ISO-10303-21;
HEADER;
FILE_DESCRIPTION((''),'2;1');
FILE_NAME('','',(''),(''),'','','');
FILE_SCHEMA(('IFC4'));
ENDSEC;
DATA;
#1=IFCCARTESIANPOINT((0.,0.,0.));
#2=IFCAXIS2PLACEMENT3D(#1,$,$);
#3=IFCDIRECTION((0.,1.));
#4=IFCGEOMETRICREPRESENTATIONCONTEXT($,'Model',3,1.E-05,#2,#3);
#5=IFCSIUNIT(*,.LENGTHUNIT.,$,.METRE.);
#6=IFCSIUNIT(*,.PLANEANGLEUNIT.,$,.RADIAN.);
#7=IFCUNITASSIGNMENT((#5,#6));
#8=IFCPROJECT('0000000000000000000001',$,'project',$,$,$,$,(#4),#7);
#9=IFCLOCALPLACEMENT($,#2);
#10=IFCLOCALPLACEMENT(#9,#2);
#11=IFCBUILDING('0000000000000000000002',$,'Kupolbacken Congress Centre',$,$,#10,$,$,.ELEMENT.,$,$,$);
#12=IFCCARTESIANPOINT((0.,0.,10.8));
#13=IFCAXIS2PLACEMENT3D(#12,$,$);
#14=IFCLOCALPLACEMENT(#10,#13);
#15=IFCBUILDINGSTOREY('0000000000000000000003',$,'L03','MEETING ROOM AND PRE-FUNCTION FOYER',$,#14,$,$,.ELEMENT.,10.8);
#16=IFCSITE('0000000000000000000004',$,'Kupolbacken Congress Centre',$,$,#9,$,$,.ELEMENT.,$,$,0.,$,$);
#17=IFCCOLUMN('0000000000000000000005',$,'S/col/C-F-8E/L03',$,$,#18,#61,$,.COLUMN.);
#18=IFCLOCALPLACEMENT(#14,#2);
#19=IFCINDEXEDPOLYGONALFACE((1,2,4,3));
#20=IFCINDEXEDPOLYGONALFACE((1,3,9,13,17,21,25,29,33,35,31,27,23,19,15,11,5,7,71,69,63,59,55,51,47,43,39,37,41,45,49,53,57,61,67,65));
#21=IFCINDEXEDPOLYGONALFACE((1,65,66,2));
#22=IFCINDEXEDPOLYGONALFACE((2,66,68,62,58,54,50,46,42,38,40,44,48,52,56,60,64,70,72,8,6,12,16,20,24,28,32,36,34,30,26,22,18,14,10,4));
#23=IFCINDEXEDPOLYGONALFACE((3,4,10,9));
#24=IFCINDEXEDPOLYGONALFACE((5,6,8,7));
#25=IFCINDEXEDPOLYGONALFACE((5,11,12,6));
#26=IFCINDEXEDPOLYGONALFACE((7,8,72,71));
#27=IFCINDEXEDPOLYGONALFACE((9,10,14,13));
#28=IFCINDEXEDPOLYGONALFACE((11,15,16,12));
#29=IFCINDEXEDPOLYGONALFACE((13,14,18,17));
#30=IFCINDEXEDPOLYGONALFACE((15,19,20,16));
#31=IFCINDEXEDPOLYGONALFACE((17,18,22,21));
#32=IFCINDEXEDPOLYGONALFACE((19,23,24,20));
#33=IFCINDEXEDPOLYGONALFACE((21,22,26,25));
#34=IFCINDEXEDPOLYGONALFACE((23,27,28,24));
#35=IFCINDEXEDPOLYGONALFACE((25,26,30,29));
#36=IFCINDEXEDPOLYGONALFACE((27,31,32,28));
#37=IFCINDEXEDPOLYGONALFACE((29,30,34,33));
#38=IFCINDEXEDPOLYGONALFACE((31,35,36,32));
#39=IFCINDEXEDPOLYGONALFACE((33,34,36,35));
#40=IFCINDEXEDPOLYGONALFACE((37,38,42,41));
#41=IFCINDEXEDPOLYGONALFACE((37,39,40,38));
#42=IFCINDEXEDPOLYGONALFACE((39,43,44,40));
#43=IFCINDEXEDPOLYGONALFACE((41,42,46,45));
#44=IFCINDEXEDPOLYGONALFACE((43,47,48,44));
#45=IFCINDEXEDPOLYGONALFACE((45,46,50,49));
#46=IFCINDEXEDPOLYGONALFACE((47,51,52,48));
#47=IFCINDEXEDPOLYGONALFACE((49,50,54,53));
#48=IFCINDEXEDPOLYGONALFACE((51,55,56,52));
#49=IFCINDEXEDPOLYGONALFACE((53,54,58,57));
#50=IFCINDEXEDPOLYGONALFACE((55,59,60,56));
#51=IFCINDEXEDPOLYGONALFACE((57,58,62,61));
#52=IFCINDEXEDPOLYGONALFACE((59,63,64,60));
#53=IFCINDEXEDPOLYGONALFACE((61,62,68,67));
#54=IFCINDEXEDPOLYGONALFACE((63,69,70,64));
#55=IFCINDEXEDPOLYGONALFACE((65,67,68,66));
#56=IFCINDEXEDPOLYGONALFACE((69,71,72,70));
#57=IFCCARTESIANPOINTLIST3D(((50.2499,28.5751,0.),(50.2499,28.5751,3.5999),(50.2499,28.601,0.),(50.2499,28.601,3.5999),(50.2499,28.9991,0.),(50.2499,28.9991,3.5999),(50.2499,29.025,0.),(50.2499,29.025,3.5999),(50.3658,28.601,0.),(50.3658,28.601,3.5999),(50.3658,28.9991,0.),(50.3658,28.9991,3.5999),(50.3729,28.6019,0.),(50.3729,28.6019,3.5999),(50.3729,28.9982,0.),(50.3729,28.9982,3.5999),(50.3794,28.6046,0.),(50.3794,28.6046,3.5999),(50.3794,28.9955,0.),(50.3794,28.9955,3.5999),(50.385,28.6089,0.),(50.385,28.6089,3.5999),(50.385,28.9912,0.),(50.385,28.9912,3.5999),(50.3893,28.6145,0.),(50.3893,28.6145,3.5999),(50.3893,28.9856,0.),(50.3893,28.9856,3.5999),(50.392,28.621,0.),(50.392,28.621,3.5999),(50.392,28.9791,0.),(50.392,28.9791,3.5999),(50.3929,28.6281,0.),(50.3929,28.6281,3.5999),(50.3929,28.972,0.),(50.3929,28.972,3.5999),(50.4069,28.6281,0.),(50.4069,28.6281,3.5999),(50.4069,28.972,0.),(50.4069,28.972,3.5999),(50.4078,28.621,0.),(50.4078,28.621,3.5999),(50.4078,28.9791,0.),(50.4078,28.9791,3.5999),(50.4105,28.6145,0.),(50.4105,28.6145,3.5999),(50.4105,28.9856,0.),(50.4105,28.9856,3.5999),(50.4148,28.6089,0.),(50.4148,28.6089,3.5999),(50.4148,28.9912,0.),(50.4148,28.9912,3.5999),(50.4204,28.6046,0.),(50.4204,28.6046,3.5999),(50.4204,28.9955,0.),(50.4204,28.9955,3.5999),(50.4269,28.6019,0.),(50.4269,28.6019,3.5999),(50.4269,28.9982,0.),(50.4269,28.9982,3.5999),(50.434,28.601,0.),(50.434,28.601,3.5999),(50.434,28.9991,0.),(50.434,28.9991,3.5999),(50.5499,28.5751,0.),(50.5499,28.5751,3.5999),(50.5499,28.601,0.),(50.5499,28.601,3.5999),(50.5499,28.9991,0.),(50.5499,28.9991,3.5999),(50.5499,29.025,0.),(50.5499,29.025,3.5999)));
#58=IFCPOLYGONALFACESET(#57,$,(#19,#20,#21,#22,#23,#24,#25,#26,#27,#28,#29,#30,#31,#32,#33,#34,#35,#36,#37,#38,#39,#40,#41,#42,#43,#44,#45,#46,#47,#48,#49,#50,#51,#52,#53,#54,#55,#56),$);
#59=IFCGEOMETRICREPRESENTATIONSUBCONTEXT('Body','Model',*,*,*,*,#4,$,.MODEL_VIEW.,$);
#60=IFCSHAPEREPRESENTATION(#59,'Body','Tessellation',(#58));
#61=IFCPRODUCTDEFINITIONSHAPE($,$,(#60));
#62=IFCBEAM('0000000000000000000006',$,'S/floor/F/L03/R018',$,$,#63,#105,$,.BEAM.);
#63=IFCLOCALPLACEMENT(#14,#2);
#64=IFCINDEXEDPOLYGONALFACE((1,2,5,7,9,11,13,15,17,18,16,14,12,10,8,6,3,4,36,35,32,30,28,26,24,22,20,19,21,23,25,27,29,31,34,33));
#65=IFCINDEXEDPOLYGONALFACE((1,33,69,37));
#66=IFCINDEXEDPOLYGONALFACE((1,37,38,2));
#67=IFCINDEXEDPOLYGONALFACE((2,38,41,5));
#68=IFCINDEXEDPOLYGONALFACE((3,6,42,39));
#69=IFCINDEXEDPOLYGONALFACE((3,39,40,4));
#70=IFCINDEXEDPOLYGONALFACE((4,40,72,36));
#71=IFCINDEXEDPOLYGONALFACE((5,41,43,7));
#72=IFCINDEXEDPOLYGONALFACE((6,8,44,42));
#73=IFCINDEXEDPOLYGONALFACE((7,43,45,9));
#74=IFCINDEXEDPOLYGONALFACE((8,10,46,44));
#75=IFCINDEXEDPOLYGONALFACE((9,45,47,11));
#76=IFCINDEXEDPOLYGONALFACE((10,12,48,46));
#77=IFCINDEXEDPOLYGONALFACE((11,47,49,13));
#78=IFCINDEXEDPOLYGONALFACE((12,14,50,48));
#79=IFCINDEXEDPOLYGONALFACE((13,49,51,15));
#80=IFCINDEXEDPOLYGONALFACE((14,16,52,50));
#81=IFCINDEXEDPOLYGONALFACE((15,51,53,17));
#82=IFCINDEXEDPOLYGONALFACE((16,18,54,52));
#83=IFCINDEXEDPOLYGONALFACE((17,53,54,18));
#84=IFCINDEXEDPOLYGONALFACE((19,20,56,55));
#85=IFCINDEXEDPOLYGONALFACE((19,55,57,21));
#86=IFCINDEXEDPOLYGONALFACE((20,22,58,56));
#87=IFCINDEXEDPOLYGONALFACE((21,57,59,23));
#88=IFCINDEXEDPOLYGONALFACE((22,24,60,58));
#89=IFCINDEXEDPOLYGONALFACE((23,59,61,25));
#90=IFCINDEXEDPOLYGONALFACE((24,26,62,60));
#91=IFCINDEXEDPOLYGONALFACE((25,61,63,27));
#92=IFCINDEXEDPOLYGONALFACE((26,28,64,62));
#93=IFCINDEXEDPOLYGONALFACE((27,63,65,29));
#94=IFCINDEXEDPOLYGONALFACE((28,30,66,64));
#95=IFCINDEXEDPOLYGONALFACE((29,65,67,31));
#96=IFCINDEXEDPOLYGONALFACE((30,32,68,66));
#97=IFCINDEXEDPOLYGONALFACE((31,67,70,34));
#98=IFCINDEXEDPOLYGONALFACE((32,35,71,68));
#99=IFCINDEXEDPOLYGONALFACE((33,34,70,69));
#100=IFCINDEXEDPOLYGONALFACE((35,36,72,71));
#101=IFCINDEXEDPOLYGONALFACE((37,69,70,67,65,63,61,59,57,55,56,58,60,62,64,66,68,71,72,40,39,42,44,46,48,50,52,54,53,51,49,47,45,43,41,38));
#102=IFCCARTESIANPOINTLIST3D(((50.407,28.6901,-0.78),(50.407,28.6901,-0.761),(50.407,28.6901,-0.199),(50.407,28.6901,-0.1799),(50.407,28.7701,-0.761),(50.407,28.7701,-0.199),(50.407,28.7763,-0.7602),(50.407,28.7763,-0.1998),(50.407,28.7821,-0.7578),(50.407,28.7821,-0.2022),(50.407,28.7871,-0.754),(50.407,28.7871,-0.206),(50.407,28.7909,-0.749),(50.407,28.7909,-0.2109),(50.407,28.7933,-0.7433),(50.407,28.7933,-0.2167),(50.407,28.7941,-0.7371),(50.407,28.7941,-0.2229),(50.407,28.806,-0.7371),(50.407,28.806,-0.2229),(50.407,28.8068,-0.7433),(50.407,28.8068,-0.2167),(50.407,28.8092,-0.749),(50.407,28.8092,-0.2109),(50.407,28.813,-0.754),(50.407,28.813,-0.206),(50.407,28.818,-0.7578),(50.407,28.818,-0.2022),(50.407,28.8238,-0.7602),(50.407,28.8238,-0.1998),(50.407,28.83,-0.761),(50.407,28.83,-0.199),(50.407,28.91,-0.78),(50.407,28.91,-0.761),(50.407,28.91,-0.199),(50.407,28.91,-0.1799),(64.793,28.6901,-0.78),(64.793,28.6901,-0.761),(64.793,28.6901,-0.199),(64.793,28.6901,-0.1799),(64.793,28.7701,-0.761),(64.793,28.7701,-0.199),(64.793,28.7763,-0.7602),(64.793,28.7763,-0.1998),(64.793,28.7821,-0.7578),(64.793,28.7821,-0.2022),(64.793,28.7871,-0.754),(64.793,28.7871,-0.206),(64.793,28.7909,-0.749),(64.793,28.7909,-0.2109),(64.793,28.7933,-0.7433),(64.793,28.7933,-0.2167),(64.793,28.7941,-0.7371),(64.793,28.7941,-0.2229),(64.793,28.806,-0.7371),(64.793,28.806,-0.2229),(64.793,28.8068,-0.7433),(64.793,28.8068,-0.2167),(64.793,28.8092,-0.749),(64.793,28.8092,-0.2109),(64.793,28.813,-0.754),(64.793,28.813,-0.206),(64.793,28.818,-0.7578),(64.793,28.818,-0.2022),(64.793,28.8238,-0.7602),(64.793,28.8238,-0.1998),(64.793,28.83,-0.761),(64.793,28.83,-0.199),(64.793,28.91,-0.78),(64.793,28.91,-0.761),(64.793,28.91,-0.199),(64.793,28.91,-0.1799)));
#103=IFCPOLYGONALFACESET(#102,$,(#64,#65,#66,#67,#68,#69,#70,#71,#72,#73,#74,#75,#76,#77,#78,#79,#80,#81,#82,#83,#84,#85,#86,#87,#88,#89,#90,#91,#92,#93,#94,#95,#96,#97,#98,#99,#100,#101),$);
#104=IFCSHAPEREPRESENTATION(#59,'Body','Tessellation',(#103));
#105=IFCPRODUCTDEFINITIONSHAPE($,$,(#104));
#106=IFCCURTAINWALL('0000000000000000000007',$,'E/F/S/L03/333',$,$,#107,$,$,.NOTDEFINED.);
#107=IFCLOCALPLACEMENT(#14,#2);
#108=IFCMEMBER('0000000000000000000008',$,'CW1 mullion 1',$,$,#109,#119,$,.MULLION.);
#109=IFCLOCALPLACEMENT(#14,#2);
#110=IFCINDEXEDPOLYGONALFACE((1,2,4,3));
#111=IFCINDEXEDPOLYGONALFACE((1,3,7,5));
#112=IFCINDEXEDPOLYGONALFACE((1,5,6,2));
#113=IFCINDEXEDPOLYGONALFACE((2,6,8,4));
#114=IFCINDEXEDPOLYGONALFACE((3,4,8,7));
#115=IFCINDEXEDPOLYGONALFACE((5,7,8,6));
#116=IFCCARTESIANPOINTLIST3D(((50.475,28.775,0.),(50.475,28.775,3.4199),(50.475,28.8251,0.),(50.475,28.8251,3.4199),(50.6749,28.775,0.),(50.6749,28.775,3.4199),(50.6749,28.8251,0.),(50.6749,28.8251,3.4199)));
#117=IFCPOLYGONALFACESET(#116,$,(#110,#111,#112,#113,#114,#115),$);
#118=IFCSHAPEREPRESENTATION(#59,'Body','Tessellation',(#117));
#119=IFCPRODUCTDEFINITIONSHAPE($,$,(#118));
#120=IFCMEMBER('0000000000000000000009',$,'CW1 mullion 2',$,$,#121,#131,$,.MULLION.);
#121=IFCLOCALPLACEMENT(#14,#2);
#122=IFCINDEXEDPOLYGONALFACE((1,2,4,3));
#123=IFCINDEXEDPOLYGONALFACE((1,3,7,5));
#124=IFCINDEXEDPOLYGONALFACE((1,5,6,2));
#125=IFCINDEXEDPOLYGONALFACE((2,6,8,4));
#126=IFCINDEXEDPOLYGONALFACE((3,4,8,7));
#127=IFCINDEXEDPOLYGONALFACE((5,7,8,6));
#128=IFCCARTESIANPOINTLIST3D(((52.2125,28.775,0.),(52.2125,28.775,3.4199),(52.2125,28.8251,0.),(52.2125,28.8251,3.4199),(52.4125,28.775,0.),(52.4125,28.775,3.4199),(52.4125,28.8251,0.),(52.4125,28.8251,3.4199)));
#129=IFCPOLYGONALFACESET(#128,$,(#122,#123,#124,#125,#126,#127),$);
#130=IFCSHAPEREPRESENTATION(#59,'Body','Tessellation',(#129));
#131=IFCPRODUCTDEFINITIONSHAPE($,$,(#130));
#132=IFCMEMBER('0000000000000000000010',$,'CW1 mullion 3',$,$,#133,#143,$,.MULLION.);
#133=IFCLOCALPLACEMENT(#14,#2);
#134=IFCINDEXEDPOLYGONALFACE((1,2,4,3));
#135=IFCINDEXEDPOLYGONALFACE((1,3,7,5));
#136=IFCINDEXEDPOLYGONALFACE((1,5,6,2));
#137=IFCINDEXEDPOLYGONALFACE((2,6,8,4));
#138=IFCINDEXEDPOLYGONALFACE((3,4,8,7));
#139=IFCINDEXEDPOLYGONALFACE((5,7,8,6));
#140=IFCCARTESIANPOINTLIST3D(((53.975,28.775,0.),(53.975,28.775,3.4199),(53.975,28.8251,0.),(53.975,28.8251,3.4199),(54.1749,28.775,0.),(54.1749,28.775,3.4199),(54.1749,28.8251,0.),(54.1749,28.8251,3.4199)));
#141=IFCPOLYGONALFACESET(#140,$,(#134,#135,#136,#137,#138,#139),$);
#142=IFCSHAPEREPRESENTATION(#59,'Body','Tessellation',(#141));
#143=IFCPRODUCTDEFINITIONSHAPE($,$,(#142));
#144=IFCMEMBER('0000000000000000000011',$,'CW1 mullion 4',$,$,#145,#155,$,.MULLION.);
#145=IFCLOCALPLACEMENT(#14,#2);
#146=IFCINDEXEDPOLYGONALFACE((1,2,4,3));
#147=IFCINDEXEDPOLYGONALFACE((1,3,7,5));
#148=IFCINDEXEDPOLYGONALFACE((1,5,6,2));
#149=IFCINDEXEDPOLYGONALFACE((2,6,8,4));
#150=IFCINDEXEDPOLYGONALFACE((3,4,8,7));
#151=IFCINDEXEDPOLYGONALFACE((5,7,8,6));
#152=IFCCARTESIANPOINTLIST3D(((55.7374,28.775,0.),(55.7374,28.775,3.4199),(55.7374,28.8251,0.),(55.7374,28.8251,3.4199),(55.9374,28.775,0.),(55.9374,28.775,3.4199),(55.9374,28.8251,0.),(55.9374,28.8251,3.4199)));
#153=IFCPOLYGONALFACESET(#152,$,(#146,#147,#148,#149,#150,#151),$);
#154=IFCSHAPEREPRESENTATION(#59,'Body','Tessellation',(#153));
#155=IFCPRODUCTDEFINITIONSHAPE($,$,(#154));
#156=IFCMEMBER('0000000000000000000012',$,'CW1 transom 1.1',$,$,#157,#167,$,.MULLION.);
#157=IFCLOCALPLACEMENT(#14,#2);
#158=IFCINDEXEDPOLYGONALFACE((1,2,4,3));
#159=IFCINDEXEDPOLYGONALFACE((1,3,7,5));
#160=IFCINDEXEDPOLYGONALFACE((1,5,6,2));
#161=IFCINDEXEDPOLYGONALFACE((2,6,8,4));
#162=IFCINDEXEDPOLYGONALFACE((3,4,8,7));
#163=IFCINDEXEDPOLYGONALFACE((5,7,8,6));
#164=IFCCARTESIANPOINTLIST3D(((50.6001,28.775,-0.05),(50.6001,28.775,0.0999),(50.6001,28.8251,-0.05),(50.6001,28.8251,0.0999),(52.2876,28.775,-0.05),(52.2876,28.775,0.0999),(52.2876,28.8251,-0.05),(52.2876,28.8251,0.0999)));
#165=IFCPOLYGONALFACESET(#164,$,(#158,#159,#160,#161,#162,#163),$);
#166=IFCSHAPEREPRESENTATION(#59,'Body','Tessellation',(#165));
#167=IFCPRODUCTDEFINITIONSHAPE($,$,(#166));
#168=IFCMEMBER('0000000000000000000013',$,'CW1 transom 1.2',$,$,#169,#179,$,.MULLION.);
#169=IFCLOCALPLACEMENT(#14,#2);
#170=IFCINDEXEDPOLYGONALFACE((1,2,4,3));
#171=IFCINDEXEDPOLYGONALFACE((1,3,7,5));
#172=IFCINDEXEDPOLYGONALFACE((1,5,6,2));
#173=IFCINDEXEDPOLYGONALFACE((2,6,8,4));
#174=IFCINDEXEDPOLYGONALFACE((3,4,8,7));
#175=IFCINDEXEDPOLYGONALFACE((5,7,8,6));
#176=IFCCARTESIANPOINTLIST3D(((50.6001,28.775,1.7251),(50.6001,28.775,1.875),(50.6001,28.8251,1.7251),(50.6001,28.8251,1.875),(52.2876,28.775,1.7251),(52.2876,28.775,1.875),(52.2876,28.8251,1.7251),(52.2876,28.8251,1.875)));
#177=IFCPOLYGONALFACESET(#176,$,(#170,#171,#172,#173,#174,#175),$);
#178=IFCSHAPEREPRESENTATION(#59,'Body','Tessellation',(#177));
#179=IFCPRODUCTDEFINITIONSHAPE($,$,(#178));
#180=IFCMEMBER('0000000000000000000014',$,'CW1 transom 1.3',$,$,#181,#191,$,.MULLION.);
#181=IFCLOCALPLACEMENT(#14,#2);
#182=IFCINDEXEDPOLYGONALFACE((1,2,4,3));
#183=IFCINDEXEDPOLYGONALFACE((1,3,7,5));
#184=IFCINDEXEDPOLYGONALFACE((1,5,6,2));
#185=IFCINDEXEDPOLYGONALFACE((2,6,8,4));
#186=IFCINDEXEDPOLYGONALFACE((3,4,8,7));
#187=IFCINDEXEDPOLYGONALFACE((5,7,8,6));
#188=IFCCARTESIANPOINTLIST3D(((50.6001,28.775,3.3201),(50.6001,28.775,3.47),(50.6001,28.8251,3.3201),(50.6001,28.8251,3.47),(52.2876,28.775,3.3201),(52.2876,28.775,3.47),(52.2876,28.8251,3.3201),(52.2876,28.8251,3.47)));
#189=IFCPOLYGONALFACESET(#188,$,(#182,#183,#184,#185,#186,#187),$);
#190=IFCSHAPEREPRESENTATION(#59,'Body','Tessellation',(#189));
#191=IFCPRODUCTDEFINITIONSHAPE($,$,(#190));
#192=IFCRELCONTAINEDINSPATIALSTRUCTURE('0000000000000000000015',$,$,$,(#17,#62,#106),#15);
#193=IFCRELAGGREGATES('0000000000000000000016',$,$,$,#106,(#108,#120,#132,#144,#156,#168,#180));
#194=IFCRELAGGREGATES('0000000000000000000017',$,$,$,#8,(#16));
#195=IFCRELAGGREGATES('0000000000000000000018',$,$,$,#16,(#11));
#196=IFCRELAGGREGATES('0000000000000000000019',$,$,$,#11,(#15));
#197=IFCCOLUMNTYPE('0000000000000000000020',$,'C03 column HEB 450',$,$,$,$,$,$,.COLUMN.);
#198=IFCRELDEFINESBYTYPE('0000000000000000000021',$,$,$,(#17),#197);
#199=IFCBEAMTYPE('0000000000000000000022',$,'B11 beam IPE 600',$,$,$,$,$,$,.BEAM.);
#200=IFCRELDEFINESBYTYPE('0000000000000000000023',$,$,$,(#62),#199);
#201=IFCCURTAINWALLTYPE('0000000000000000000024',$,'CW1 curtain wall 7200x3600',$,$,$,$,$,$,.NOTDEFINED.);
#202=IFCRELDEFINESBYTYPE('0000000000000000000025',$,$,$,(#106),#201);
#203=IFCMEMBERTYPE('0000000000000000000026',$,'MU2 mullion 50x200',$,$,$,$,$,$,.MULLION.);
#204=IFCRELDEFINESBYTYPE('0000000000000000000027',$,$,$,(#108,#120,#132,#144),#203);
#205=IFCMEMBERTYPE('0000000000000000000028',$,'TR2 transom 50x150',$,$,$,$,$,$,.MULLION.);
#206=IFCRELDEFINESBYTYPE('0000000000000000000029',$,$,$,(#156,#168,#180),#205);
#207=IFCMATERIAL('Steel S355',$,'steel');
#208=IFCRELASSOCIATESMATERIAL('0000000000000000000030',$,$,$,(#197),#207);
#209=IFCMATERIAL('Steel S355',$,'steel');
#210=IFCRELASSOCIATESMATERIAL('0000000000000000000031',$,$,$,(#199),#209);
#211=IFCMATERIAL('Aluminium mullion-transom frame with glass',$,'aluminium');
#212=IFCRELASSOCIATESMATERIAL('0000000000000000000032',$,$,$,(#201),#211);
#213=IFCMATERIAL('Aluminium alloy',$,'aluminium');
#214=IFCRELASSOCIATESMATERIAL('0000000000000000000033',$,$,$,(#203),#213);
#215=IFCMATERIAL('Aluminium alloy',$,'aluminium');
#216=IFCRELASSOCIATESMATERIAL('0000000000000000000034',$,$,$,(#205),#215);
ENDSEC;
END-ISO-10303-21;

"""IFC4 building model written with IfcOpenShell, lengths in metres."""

from ifc_helpers import new_model, si_unit, direction, frame, origin, origin_2d, place, context, subcontext, project, spatial, rectangle, i_section, extrude, material, material_profile, profile_set, type_object, element, aggregate, save


model = new_model("IFC4")

# Units and contexts
model_context = context("Model", 3, precision=1e-05, world=origin(), true_north=direction((0.0, 1.0)))
body_context = subcontext(model_context, "Body", "Model", "MODEL_VIEW")
ifc_project = project(units=[si_unit("LENGTHUNIT", "METRE"), si_unit("PLANEANGLEUNIT", "RADIAN")], contexts=[model_context])

# Site, building, storey
site_placement = place(None, origin())
site = spatial("IfcSite", under=ifc_project, at=site_placement, Name="Kupolbacken Congress Centre", CompositionType="ELEMENT", RefElevation=0.0)
building_placement = place(site_placement, origin())
building = spatial("IfcBuilding", under=site, at=building_placement, Name="Kupolbacken Congress Centre", CompositionType="ELEMENT")
storey_placement = place(building_placement, frame((0.0, 0.0, 10.8)))
storey = spatial("IfcBuildingStorey", under=building, at=storey_placement, Name="L03", Description="MEETING ROOM AND PRE-FUNCTION FOYER", CompositionType="ELEMENT", Elevation=10.8)

# Column
ifc_material_1 = material(Name="Steel S355", Category="steel")
ifc_material_profile_1 = material_profile(ifc_material_1, i_section(OverallWidth=0.3, OverallDepth=0.45, WebThickness=0.0139, FlangeThickness=0.0259, FilletRadius=0.0271, at=origin_2d()), Name="HEB 450")
ifc_profile_set_1 = profile_set([ifc_material_profile_1], Name="Steel S355")
column_type = type_object("IfcColumnType", Name="C03 column HEB 450", PredefinedType="COLUMN", material=ifc_profile_set_1)
column_placement = place(storey_placement, frame((50.3999, 28.8, 0.0), z_axis=(0.0, 0.0, 1.0), x_axis=(1.0, 0.0, 0.0)))
element("IfcColumn", 1, at=column_placement, inside=storey, type_object=column_type, Name="S/col/C-F-8E/L03", PredefinedType="COLUMN", context=body_context, shape_type="SweptSolid", body=[
    extrude(i_section(OverallWidth=0.3, OverallDepth=0.45, WebThickness=0.0139, FlangeThickness=0.0259, FilletRadius=0.0271, at=origin_2d()), origin(), (0.0, 0.0, 1.0), 3.5999),
])

# Beam
ifc_material_2 = material(Name="Steel S355", Category="steel")
ifc_material_profile_2 = material_profile(ifc_material_2, i_section(OverallWidth=0.22, OverallDepth=0.6001, WebThickness=0.012, FlangeThickness=0.019, FilletRadius=0.0239, at=origin_2d()), Name="IPE 600")
ifc_profile_set_2 = profile_set([ifc_material_profile_2], Name="Steel S355")
beam_type = type_object("IfcBeamType", Name="B11 beam IPE 600", PredefinedType="BEAM", material=ifc_profile_set_2)
beam_placement = place(storey_placement, frame((50.407, 28.8, -0.48), z_axis=(1.0, 0.0, 0.0), x_axis=(0.0, 1.0, 0.0)))
element("IfcBeam", 2, at=beam_placement, inside=storey, type_object=beam_type, Name="S/floor/F/L03/R018", PredefinedType="BEAM", context=body_context, shape_type="SweptSolid", body=[
    extrude(i_section(OverallWidth=0.22, OverallDepth=0.6001, WebThickness=0.012, FlangeThickness=0.019, FilletRadius=0.0239, at=origin_2d()), origin(), (0.0, 0.0, 1.0), 14.386),
])

# Curtain wall, members
ifc_material_3 = material(Name="Aluminium mullion-transom frame with glass", Category="aluminium")
curtain_wall_type = type_object("IfcCurtainWallType", Name="CW1 curtain wall 7200x3600", PredefinedType="NOTDEFINED", material=ifc_material_3)
curtain_wall_placement = place(storey_placement, origin())
curtain_wall = element("IfcCurtainWall", 3, at=curtain_wall_placement, inside=storey, type_object=curtain_wall_type, Name="E/F/S/L03/333", PredefinedType="NOTDEFINED")
ifc_material_4 = material(Name="Aluminium alloy", Category="aluminium")
ifc_material_profile_3 = material_profile(ifc_material_4, rectangle(XDim=0.05, YDim=0.2, at=origin_2d()), Name="50 x 200")
ifc_profile_set_3 = profile_set([ifc_material_profile_3], Name="Aluminium alloy")
member_type_1 = type_object("IfcMemberType", Name="MU2 mullion 50x200", PredefinedType="MULLION", material=ifc_profile_set_3)
member_1_placement = place(storey_placement, frame((50.575, 28.8, 0.0), z_axis=(0.0, 0.0, 1.0), x_axis=(0.0, 1.0, 0.0)))
member_1 = element("IfcMember", 4, at=member_1_placement, type_object=member_type_1, Name="CW1 mullion 1", PredefinedType="MULLION", context=body_context, shape_type="SweptSolid", body=[
    extrude(rectangle(XDim=0.05, YDim=0.2, at=origin_2d()), origin(), (0.0, 0.0, 1.0), 3.4199),
])
member_2_placement = place(storey_placement, frame((52.3125, 28.8, 0.0), z_axis=(0.0, 0.0, 1.0), x_axis=(0.0, 1.0, 0.0)))
member_2 = element("IfcMember", 5, at=member_2_placement, type_object=member_type_1, Name="CW1 mullion 2", PredefinedType="MULLION", context=body_context, shape_type="SweptSolid", body=[
    extrude(rectangle(XDim=0.05, YDim=0.2, at=origin_2d()), origin(), (0.0, 0.0, 1.0), 3.4199),
])
member_3_placement = place(storey_placement, frame((54.075, 28.8, 0.0), z_axis=(0.0, 0.0, 1.0), x_axis=(0.0, 1.0, 0.0)))
member_3 = element("IfcMember", 6, at=member_3_placement, type_object=member_type_1, Name="CW1 mullion 3", PredefinedType="MULLION", context=body_context, shape_type="SweptSolid", body=[
    extrude(rectangle(XDim=0.05, YDim=0.2, at=origin_2d()), origin(), (0.0, 0.0, 1.0), 3.4199),
])
member_4_placement = place(storey_placement, frame((55.8374, 28.8, 0.0), z_axis=(0.0, 0.0, 1.0), x_axis=(0.0, 1.0, 0.0)))
member_4 = element("IfcMember", 7, at=member_4_placement, type_object=member_type_1, Name="CW1 mullion 4", PredefinedType="MULLION", context=body_context, shape_type="SweptSolid", body=[
    extrude(rectangle(XDim=0.05, YDim=0.2, at=origin_2d()), origin(), (0.0, 0.0, 1.0), 3.4199),
])
ifc_material_5 = material(Name="Aluminium alloy", Category="aluminium")
ifc_material_profile_4 = material_profile(ifc_material_5, rectangle(XDim=0.05, YDim=0.1499, at=origin_2d()), Name="50 x 150")
ifc_profile_set_4 = profile_set([ifc_material_profile_4], Name="Aluminium alloy")
member_type_2 = type_object("IfcMemberType", Name="TR2 transom 50x150", PredefinedType="MULLION", material=ifc_profile_set_4)
member_5_placement = place(storey_placement, frame((50.6001, 28.8, 0.0249), z_axis=(1.0, 0.0, 0.0), x_axis=(0.0, 1.0, 0.0)))
member_5 = element("IfcMember", 8, at=member_5_placement, type_object=member_type_2, Name="CW1 transom 1.1", PredefinedType="MULLION", context=body_context, shape_type="SweptSolid", body=[
    extrude(rectangle(XDim=0.05, YDim=0.1499, at=origin_2d()), origin(), (0.0, 0.0, 1.0), 1.6875),
])
member_6_placement = place(storey_placement, frame((50.6001, 28.8, 1.8), z_axis=(1.0, 0.0, 0.0), x_axis=(0.0, 1.0, 0.0)))
member_6 = element("IfcMember", 9, at=member_6_placement, type_object=member_type_2, Name="CW1 transom 1.2", PredefinedType="MULLION", context=body_context, shape_type="SweptSolid", body=[
    extrude(rectangle(XDim=0.05, YDim=0.1499, at=origin_2d()), origin(), (0.0, 0.0, 1.0), 1.6875),
])
member_7_placement = place(storey_placement, frame((50.6001, 28.8, 3.395), z_axis=(1.0, 0.0, 0.0), x_axis=(0.0, 1.0, 0.0)))
member_7 = element("IfcMember", 10, at=member_7_placement, type_object=member_type_2, Name="CW1 transom 1.3", PredefinedType="MULLION", context=body_context, shape_type="SweptSolid", body=[
    extrude(rectangle(XDim=0.05, YDim=0.1499, at=origin_2d()), origin(), (0.0, 0.0, 1.0), 1.6875),
])
aggregate(curtain_wall, [member_1, member_2, member_3, member_4, member_5, member_6, member_7])

save(model, "model.ifc")
